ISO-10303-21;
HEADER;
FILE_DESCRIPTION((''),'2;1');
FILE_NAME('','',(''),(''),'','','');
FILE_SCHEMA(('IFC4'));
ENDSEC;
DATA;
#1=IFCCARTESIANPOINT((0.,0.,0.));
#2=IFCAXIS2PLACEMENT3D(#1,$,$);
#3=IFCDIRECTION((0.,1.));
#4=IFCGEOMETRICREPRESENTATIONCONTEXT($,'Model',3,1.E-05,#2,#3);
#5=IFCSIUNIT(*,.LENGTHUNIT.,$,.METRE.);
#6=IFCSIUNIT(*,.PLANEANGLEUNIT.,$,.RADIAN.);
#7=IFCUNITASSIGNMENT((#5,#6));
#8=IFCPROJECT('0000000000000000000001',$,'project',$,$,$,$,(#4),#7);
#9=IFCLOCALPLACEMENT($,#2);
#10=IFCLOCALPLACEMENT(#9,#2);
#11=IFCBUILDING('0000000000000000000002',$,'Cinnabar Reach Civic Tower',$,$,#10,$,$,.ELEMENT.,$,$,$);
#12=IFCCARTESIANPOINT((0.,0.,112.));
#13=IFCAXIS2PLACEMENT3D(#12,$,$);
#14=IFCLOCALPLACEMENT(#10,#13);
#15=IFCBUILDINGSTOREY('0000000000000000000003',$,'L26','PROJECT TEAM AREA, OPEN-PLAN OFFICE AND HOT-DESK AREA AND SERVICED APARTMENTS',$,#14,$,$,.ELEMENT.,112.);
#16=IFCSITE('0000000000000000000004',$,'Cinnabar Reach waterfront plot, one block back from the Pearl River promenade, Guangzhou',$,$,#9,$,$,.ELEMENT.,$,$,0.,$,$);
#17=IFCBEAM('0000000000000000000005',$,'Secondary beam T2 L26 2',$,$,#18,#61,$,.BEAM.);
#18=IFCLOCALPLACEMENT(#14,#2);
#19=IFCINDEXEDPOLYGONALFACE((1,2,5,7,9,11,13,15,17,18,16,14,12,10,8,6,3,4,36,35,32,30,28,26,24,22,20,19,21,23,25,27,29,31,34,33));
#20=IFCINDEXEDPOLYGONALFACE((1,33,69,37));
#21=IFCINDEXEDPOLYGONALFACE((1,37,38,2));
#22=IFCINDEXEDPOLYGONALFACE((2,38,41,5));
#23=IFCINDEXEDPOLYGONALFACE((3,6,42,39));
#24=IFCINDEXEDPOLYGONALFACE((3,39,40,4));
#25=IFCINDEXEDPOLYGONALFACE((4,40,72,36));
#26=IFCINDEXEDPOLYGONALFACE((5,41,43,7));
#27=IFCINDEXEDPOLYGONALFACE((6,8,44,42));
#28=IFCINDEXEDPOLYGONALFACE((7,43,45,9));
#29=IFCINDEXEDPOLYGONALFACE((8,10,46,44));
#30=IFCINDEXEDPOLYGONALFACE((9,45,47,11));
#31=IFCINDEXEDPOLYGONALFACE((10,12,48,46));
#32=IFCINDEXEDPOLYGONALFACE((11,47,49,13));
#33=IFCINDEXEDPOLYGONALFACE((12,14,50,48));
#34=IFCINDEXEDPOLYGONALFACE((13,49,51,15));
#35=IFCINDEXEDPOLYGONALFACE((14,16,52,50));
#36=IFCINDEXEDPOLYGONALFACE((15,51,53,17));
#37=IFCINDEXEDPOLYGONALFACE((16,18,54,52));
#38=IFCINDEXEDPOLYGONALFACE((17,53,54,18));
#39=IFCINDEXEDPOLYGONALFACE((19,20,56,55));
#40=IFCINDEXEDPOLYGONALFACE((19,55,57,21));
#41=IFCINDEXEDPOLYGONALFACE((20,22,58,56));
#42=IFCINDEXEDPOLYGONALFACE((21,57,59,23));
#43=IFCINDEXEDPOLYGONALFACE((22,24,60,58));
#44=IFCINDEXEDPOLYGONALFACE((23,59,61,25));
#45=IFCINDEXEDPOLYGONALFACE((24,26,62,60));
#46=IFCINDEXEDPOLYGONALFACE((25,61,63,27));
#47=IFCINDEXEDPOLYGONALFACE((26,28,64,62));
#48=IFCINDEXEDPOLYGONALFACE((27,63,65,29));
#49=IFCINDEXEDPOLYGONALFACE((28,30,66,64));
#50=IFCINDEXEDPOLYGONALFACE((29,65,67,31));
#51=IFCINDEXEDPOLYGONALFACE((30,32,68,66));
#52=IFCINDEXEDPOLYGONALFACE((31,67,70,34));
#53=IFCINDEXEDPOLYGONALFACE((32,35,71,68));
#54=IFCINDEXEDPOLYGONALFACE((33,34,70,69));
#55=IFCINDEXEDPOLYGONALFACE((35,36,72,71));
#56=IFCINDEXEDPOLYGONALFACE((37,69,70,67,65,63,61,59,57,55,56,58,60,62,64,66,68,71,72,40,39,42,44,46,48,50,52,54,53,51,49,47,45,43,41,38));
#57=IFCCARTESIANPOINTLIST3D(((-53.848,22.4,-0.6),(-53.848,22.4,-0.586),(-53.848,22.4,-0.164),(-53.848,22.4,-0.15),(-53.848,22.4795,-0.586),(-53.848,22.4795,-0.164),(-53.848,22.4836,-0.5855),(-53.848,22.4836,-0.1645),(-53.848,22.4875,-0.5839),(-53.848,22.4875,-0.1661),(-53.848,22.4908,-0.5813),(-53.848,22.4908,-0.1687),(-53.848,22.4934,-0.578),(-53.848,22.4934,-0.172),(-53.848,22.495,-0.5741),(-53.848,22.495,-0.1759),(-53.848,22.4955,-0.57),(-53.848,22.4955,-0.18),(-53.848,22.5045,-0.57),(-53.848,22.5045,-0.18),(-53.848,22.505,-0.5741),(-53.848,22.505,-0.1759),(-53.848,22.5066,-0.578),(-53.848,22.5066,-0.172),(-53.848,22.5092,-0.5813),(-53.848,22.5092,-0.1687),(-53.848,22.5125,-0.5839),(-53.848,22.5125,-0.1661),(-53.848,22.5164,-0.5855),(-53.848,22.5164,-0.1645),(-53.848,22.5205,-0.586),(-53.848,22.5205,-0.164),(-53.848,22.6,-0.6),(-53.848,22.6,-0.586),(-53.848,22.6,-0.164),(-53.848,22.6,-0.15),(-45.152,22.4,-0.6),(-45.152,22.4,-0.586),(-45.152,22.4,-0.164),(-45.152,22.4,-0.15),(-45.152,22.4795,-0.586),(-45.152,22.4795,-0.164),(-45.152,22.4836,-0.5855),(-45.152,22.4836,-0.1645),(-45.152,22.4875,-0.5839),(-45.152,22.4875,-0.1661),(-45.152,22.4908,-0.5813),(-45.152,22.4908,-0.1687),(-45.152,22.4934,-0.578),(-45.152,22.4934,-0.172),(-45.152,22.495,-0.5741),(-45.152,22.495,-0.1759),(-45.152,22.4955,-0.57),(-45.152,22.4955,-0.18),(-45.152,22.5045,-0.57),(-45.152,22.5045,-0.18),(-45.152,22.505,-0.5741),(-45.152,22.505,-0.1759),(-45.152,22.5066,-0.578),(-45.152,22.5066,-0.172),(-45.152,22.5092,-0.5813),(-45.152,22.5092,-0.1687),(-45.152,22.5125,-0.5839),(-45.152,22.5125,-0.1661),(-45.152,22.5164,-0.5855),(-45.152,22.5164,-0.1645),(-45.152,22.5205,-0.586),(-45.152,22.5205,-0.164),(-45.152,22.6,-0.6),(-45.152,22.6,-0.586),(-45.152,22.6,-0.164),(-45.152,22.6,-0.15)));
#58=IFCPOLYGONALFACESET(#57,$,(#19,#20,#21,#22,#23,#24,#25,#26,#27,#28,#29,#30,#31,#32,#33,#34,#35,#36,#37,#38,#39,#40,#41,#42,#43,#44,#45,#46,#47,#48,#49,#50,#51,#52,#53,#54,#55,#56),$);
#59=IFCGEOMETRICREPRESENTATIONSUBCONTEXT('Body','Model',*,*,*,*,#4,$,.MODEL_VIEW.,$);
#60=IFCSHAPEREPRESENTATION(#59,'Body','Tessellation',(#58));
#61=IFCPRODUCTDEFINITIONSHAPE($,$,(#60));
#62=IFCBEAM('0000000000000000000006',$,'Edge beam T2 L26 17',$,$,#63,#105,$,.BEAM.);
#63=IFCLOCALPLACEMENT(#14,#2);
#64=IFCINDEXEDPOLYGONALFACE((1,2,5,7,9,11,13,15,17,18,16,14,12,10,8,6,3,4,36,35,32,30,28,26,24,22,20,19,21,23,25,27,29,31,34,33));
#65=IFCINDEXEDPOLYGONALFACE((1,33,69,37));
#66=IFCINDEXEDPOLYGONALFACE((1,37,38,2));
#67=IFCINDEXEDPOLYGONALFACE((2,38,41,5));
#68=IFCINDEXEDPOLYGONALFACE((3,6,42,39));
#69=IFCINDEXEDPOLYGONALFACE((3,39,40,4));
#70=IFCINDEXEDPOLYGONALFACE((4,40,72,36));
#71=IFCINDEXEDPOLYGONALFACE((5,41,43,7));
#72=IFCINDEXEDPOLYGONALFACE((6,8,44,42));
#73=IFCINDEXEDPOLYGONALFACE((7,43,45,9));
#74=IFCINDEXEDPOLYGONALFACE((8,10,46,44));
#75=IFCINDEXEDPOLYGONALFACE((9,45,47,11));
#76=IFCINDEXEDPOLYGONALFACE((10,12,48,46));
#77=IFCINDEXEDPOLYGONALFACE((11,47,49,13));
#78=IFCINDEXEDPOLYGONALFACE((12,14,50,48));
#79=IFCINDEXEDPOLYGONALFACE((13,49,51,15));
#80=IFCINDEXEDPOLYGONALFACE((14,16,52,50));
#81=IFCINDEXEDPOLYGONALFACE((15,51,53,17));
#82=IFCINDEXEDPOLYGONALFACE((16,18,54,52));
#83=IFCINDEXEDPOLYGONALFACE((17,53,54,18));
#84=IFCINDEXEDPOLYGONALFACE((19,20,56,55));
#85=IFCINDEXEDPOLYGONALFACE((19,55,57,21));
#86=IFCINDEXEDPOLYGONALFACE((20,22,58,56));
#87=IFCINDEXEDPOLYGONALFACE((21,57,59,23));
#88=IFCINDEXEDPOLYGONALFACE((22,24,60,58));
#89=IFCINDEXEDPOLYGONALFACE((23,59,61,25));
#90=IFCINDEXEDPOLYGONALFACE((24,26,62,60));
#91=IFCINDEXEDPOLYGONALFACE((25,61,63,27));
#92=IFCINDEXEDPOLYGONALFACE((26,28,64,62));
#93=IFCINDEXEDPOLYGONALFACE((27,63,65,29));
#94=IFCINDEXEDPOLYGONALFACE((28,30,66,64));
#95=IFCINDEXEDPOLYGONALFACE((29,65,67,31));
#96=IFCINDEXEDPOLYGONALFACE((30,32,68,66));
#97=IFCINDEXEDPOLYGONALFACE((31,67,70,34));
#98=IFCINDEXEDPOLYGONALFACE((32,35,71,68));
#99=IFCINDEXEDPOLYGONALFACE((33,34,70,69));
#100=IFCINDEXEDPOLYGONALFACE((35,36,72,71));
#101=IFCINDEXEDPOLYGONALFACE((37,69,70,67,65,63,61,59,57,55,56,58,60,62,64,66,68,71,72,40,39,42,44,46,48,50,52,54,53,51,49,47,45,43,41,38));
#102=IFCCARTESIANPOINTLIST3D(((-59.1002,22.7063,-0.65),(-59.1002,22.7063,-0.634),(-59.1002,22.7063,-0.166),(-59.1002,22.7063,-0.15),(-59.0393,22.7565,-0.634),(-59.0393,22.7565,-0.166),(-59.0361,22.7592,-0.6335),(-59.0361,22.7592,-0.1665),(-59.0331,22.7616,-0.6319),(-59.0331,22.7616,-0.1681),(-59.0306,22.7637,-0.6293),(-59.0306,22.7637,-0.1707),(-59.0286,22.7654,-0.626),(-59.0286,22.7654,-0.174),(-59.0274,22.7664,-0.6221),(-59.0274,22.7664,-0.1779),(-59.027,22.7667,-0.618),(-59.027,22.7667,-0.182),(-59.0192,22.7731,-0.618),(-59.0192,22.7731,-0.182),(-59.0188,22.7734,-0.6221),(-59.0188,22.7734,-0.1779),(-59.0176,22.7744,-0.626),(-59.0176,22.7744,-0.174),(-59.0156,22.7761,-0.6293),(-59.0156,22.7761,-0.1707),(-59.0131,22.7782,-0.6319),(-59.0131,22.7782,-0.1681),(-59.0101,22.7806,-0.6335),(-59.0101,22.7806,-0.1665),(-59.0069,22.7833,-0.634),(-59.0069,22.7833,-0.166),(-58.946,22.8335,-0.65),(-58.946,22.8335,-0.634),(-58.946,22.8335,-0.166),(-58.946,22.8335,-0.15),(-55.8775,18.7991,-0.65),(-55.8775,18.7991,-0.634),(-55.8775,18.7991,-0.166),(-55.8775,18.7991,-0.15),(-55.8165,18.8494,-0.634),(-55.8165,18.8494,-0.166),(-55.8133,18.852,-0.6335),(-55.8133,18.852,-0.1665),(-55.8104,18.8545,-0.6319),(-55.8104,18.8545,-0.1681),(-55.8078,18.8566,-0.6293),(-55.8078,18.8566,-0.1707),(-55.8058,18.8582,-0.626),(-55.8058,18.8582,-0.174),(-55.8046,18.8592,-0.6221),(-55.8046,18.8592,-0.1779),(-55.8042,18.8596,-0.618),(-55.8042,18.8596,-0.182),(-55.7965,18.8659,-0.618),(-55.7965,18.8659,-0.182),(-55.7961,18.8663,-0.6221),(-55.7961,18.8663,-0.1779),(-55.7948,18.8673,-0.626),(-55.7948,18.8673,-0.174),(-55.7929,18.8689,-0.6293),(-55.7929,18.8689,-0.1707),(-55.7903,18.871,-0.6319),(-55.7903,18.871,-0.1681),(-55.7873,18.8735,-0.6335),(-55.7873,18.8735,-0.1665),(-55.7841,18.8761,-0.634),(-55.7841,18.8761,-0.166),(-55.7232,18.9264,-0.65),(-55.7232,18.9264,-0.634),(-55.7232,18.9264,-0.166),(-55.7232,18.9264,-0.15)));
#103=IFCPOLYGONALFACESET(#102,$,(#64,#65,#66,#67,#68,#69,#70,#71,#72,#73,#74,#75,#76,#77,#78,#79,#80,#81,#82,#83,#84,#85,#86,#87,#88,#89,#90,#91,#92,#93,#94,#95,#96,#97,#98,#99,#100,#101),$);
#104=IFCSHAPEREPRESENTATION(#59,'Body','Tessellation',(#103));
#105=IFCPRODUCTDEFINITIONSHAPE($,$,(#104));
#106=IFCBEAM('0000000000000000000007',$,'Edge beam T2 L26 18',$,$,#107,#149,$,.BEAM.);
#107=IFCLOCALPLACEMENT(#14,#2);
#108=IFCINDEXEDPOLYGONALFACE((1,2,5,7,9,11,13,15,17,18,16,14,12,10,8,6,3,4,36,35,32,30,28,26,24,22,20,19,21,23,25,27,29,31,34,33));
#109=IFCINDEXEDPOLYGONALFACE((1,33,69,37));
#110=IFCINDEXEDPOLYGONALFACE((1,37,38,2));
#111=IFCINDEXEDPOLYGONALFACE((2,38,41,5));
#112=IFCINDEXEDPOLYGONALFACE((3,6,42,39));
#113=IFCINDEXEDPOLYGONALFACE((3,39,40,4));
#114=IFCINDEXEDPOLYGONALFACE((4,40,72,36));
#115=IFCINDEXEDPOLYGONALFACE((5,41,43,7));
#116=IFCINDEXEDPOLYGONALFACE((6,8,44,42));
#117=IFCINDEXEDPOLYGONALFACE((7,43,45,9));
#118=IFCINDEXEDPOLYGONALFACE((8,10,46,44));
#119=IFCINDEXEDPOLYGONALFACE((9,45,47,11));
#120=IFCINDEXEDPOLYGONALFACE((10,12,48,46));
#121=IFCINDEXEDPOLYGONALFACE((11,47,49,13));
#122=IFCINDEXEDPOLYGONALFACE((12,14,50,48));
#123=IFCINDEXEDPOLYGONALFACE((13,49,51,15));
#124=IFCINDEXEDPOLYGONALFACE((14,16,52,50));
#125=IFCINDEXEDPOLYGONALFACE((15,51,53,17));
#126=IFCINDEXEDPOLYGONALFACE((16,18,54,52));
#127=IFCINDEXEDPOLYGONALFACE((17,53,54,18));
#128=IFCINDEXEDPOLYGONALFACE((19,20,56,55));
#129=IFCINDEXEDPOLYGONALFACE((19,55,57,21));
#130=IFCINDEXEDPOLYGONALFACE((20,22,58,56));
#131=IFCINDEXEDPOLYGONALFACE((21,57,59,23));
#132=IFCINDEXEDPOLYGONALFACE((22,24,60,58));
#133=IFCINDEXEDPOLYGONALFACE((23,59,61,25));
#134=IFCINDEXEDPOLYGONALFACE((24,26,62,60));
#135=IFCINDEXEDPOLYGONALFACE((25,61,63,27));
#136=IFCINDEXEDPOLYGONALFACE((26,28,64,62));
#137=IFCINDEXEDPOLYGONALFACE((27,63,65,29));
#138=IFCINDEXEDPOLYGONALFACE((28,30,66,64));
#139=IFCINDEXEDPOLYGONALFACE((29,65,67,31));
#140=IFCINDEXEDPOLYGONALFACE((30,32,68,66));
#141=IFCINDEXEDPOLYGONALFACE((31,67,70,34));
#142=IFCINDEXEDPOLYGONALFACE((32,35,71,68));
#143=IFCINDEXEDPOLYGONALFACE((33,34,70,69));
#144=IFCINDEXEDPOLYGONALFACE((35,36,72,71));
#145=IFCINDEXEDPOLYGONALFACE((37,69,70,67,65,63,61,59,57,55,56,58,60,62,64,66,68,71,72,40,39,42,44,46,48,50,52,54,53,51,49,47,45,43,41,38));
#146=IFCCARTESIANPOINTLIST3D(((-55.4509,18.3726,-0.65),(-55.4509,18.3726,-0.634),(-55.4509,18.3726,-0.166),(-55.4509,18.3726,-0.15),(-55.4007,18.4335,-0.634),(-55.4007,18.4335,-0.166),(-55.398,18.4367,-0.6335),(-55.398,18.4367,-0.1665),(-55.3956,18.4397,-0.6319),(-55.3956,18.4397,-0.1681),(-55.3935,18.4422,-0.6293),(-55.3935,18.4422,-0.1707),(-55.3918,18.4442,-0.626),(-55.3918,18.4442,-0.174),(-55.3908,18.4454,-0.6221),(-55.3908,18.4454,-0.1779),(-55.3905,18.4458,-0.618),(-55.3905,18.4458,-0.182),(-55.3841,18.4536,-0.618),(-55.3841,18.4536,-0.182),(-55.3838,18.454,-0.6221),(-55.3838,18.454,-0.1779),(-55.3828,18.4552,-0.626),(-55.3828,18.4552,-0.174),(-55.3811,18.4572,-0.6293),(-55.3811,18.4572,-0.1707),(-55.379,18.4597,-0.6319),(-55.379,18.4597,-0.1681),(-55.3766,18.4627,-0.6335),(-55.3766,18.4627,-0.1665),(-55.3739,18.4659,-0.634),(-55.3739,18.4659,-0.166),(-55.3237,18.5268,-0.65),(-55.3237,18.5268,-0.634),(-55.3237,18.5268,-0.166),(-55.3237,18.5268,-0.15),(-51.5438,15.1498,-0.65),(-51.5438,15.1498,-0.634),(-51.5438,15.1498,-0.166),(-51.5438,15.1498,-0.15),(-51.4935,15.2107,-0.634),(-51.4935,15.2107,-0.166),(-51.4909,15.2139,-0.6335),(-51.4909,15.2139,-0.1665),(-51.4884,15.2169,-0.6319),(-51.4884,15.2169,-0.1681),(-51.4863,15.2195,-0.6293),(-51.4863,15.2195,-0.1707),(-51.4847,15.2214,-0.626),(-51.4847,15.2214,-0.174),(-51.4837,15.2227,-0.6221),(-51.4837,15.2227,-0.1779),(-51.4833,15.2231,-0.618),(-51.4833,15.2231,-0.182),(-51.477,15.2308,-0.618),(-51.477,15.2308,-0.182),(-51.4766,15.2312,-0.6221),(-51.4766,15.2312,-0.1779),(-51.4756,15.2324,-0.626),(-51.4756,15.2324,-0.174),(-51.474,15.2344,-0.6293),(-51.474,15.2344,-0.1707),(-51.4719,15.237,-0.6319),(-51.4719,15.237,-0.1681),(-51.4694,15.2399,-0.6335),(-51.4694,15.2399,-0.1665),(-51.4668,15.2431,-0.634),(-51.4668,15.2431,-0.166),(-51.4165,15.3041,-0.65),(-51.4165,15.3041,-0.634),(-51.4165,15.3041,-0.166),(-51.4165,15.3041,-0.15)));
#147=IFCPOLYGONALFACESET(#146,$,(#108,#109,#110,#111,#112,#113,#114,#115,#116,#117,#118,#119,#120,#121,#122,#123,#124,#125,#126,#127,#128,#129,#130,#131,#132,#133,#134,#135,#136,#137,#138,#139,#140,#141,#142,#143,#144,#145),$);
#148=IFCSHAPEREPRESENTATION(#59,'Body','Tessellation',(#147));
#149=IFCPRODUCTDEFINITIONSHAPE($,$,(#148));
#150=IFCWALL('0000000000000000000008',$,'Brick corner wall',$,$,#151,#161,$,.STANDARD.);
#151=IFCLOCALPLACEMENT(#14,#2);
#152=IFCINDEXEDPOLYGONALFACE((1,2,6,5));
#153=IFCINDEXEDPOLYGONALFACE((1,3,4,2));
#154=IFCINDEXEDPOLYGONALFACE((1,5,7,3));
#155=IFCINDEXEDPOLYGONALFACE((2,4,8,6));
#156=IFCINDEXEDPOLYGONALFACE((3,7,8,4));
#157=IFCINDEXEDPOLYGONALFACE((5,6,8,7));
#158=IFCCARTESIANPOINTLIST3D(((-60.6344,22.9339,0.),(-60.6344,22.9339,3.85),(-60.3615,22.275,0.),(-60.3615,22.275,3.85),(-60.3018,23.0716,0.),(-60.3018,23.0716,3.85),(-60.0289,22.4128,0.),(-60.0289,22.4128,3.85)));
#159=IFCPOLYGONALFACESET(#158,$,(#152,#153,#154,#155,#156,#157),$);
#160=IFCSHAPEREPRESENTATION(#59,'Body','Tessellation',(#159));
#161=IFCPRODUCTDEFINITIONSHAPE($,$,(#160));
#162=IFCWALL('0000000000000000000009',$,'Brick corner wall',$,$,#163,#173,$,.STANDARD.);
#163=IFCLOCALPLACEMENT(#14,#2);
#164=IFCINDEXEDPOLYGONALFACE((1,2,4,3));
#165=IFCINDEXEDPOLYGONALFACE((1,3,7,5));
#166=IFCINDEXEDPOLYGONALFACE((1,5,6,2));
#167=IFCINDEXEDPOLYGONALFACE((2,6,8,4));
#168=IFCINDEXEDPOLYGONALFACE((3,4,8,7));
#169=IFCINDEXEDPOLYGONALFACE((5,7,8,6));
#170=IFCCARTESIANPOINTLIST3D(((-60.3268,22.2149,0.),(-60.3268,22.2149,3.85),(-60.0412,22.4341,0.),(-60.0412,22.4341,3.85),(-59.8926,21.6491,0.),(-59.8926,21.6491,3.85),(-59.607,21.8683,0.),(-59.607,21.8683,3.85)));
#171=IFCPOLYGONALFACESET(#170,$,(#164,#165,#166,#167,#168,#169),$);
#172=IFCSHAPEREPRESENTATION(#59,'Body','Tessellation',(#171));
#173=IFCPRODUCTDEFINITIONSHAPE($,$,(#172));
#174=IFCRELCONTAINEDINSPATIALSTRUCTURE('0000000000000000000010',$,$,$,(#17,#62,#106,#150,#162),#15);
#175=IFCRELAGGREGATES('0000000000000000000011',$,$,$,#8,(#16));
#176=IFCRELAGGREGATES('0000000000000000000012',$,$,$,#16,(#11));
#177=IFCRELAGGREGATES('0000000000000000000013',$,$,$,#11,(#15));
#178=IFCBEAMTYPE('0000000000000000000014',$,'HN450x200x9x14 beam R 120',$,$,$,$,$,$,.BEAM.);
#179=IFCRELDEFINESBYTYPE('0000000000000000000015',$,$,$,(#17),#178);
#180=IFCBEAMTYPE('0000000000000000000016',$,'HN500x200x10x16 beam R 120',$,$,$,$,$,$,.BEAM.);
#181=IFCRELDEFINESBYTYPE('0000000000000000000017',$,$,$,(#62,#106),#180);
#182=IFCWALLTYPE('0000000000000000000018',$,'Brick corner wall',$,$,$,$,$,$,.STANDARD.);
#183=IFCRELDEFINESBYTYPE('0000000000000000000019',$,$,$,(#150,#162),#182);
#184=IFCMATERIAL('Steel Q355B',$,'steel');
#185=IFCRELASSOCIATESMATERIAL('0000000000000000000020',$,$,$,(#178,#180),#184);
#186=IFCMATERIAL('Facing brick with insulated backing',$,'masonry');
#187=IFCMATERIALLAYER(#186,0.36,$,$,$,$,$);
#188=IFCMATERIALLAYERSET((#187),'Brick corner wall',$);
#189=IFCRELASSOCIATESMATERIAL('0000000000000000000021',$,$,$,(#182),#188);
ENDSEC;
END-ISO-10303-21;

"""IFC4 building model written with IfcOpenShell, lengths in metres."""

from ifc_helpers import new_model, si_unit, direction, frame, frame_2d, origin, origin_2d, place, context, subcontext, project, spatial, rectangle, i_section, extrude, material, layer, layer_set, material_profile, profile_set, type_object, element, save


model = new_model("IFC4")

# Units and contexts
model_context = context("Model", 3, precision=1e-05, world=origin(), true_north=direction((0.0, 1.0)))
body_context = subcontext(model_context, "Body", "Model", "MODEL_VIEW")
ifc_project = project(units=[si_unit("LENGTHUNIT", "METRE"), si_unit("PLANEANGLEUNIT", "RADIAN")], contexts=[model_context])

# Site, building, storey
site_placement = place(None, origin())
site = spatial("IfcSite", under=ifc_project, at=site_placement, Name="Cinnabar Reach waterfront plot, one block back from the Pearl River promenade, Guangzhou", CompositionType="ELEMENT", RefElevation=0.0)
building_placement = place(site_placement, origin())
building = spatial("IfcBuilding", under=site, at=building_placement, Name="Cinnabar Reach Civic Tower", CompositionType="ELEMENT")
storey_placement = place(building_placement, frame((0.0, 0.0, 112.0)))
storey = spatial("IfcBuildingStorey", under=building, at=storey_placement, Name="L26", Description="PROJECT TEAM AREA, OPEN-PLAN OFFICE AND HOT-DESK AREA AND SERVICED APARTMENTS", CompositionType="ELEMENT", Elevation=112.0)

# Beams
ifc_material_1 = material(Name="Steel Q355B", Category="steel")
ifc_material_profile_1 = material_profile(ifc_material_1, i_section(OverallWidth=0.2, OverallDepth=0.45, WebThickness=0.009, FlangeThickness=0.014, FilletRadius=0.016, at=origin_2d()), Name="HN450x200x9x14")
ifc_profile_set_1 = profile_set([ifc_material_profile_1], Name="Steel Q355B")
beam_type_1 = type_object("IfcBeamType", Name="HN450x200x9x14 beam R 120", PredefinedType="BEAM", material=ifc_profile_set_1)
beam_1_placement = place(storey_placement, frame((-53.848, 22.5, -0.375), z_axis=(1.0, 0.0, 0.0), x_axis=(0.0, 1.0, 0.0)))
element("IfcBeam", 1, at=beam_1_placement, inside=storey, type_object=beam_type_1, Name="Secondary beam T2 L26 2", PredefinedType="BEAM", context=body_context, shape_type="SweptSolid", body=[
    extrude(i_section(OverallWidth=0.2, OverallDepth=0.45, WebThickness=0.009, FlangeThickness=0.014, FilletRadius=0.016, at=origin_2d()), origin(), (0.0, 0.0, 1.0), 8.696),
])
ifc_material_profile_2 = material_profile(ifc_material_1, i_section(OverallWidth=0.2, OverallDepth=0.5, WebThickness=0.01, FlangeThickness=0.016, FilletRadius=0.016, at=origin_2d()), Name="HN500x200x10x16")
ifc_profile_set_2 = profile_set([ifc_material_profile_2], Name="Steel Q355B")
beam_type_2 = type_object("IfcBeamType", Name="HN500x200x10x16 beam R 120", PredefinedType="BEAM", material=ifc_profile_set_2)
for number, where, z_axis, x_axis, name in (
    (2, (-59.0231, 22.7699, -0.4), (0.636308, -0.771435, 0.0), (0.771435, 0.636308, 0.0), "Edge beam T2 L26 17"),
    (3, (-55.3873, 18.4497, -0.4), (0.771435, -0.636308, 0.0), (0.636308, 0.771435, 0.0), "Edge beam T2 L26 18"),
):
    element("IfcBeam", number, at=place(storey_placement, frame(where, z_axis=z_axis, x_axis=x_axis)), inside=storey, type_object=beam_type_2, Name=name, PredefinedType="BEAM", context=body_context, shape_type="SweptSolid", body=[
        extrude(i_section(OverallWidth=0.2, OverallDepth=0.5, WebThickness=0.01, FlangeThickness=0.016, FilletRadius=0.016, at=origin_2d()), origin(), (0.0, 0.0, 1.0), 5.0648),
    ])

# Walls
ifc_material_2 = material(Name="Facing brick with insulated backing", Category="masonry")
ifc_layer_1 = layer(ifc_material_2, 0.36)
ifc_layer_set_1 = layer_set([ifc_layer_1], Name="Brick corner wall")
wall_type_1 = type_object("IfcWallType", Name="Brick corner wall", PredefinedType="STANDARD", material=ifc_layer_set_1)
wall_1_placement = place(storey_placement, frame((-60.4681, 23.0027, 0.0), z_axis=(0.0, 0.0, 1.0), x_axis=(0.382703, -0.923872, 0.0)))
element("IfcWall", 4, at=wall_1_placement, inside=storey, type_object=wall_type_1, Name="Brick corner wall", PredefinedType="STANDARD", context=body_context, shape_type="SweptSolid", body=[
    extrude(rectangle(XDim=0.7131, YDim=0.36, at=frame_2d((0.3565, 0.0))), origin(), (0.0, 0.0, 1.0), 3.85),
])
wall_2_placement = place(storey_placement, frame((-60.184, 22.3245, 0.0), z_axis=(0.0, 0.0, 1.0), x_axis=(0.608802, -0.793322, 0.0)))
element("IfcWall", 5, at=wall_2_placement, inside=storey, type_object=wall_type_1, Name="Brick corner wall", PredefinedType="STANDARD", context=body_context, shape_type="SweptSolid", body=[
    extrude(rectangle(XDim=0.7132, YDim=0.36, at=frame_2d((0.3566, 0.0))), origin(), (0.0, 0.0, 1.0), 3.85),
])

save(model, "model.ifc")
